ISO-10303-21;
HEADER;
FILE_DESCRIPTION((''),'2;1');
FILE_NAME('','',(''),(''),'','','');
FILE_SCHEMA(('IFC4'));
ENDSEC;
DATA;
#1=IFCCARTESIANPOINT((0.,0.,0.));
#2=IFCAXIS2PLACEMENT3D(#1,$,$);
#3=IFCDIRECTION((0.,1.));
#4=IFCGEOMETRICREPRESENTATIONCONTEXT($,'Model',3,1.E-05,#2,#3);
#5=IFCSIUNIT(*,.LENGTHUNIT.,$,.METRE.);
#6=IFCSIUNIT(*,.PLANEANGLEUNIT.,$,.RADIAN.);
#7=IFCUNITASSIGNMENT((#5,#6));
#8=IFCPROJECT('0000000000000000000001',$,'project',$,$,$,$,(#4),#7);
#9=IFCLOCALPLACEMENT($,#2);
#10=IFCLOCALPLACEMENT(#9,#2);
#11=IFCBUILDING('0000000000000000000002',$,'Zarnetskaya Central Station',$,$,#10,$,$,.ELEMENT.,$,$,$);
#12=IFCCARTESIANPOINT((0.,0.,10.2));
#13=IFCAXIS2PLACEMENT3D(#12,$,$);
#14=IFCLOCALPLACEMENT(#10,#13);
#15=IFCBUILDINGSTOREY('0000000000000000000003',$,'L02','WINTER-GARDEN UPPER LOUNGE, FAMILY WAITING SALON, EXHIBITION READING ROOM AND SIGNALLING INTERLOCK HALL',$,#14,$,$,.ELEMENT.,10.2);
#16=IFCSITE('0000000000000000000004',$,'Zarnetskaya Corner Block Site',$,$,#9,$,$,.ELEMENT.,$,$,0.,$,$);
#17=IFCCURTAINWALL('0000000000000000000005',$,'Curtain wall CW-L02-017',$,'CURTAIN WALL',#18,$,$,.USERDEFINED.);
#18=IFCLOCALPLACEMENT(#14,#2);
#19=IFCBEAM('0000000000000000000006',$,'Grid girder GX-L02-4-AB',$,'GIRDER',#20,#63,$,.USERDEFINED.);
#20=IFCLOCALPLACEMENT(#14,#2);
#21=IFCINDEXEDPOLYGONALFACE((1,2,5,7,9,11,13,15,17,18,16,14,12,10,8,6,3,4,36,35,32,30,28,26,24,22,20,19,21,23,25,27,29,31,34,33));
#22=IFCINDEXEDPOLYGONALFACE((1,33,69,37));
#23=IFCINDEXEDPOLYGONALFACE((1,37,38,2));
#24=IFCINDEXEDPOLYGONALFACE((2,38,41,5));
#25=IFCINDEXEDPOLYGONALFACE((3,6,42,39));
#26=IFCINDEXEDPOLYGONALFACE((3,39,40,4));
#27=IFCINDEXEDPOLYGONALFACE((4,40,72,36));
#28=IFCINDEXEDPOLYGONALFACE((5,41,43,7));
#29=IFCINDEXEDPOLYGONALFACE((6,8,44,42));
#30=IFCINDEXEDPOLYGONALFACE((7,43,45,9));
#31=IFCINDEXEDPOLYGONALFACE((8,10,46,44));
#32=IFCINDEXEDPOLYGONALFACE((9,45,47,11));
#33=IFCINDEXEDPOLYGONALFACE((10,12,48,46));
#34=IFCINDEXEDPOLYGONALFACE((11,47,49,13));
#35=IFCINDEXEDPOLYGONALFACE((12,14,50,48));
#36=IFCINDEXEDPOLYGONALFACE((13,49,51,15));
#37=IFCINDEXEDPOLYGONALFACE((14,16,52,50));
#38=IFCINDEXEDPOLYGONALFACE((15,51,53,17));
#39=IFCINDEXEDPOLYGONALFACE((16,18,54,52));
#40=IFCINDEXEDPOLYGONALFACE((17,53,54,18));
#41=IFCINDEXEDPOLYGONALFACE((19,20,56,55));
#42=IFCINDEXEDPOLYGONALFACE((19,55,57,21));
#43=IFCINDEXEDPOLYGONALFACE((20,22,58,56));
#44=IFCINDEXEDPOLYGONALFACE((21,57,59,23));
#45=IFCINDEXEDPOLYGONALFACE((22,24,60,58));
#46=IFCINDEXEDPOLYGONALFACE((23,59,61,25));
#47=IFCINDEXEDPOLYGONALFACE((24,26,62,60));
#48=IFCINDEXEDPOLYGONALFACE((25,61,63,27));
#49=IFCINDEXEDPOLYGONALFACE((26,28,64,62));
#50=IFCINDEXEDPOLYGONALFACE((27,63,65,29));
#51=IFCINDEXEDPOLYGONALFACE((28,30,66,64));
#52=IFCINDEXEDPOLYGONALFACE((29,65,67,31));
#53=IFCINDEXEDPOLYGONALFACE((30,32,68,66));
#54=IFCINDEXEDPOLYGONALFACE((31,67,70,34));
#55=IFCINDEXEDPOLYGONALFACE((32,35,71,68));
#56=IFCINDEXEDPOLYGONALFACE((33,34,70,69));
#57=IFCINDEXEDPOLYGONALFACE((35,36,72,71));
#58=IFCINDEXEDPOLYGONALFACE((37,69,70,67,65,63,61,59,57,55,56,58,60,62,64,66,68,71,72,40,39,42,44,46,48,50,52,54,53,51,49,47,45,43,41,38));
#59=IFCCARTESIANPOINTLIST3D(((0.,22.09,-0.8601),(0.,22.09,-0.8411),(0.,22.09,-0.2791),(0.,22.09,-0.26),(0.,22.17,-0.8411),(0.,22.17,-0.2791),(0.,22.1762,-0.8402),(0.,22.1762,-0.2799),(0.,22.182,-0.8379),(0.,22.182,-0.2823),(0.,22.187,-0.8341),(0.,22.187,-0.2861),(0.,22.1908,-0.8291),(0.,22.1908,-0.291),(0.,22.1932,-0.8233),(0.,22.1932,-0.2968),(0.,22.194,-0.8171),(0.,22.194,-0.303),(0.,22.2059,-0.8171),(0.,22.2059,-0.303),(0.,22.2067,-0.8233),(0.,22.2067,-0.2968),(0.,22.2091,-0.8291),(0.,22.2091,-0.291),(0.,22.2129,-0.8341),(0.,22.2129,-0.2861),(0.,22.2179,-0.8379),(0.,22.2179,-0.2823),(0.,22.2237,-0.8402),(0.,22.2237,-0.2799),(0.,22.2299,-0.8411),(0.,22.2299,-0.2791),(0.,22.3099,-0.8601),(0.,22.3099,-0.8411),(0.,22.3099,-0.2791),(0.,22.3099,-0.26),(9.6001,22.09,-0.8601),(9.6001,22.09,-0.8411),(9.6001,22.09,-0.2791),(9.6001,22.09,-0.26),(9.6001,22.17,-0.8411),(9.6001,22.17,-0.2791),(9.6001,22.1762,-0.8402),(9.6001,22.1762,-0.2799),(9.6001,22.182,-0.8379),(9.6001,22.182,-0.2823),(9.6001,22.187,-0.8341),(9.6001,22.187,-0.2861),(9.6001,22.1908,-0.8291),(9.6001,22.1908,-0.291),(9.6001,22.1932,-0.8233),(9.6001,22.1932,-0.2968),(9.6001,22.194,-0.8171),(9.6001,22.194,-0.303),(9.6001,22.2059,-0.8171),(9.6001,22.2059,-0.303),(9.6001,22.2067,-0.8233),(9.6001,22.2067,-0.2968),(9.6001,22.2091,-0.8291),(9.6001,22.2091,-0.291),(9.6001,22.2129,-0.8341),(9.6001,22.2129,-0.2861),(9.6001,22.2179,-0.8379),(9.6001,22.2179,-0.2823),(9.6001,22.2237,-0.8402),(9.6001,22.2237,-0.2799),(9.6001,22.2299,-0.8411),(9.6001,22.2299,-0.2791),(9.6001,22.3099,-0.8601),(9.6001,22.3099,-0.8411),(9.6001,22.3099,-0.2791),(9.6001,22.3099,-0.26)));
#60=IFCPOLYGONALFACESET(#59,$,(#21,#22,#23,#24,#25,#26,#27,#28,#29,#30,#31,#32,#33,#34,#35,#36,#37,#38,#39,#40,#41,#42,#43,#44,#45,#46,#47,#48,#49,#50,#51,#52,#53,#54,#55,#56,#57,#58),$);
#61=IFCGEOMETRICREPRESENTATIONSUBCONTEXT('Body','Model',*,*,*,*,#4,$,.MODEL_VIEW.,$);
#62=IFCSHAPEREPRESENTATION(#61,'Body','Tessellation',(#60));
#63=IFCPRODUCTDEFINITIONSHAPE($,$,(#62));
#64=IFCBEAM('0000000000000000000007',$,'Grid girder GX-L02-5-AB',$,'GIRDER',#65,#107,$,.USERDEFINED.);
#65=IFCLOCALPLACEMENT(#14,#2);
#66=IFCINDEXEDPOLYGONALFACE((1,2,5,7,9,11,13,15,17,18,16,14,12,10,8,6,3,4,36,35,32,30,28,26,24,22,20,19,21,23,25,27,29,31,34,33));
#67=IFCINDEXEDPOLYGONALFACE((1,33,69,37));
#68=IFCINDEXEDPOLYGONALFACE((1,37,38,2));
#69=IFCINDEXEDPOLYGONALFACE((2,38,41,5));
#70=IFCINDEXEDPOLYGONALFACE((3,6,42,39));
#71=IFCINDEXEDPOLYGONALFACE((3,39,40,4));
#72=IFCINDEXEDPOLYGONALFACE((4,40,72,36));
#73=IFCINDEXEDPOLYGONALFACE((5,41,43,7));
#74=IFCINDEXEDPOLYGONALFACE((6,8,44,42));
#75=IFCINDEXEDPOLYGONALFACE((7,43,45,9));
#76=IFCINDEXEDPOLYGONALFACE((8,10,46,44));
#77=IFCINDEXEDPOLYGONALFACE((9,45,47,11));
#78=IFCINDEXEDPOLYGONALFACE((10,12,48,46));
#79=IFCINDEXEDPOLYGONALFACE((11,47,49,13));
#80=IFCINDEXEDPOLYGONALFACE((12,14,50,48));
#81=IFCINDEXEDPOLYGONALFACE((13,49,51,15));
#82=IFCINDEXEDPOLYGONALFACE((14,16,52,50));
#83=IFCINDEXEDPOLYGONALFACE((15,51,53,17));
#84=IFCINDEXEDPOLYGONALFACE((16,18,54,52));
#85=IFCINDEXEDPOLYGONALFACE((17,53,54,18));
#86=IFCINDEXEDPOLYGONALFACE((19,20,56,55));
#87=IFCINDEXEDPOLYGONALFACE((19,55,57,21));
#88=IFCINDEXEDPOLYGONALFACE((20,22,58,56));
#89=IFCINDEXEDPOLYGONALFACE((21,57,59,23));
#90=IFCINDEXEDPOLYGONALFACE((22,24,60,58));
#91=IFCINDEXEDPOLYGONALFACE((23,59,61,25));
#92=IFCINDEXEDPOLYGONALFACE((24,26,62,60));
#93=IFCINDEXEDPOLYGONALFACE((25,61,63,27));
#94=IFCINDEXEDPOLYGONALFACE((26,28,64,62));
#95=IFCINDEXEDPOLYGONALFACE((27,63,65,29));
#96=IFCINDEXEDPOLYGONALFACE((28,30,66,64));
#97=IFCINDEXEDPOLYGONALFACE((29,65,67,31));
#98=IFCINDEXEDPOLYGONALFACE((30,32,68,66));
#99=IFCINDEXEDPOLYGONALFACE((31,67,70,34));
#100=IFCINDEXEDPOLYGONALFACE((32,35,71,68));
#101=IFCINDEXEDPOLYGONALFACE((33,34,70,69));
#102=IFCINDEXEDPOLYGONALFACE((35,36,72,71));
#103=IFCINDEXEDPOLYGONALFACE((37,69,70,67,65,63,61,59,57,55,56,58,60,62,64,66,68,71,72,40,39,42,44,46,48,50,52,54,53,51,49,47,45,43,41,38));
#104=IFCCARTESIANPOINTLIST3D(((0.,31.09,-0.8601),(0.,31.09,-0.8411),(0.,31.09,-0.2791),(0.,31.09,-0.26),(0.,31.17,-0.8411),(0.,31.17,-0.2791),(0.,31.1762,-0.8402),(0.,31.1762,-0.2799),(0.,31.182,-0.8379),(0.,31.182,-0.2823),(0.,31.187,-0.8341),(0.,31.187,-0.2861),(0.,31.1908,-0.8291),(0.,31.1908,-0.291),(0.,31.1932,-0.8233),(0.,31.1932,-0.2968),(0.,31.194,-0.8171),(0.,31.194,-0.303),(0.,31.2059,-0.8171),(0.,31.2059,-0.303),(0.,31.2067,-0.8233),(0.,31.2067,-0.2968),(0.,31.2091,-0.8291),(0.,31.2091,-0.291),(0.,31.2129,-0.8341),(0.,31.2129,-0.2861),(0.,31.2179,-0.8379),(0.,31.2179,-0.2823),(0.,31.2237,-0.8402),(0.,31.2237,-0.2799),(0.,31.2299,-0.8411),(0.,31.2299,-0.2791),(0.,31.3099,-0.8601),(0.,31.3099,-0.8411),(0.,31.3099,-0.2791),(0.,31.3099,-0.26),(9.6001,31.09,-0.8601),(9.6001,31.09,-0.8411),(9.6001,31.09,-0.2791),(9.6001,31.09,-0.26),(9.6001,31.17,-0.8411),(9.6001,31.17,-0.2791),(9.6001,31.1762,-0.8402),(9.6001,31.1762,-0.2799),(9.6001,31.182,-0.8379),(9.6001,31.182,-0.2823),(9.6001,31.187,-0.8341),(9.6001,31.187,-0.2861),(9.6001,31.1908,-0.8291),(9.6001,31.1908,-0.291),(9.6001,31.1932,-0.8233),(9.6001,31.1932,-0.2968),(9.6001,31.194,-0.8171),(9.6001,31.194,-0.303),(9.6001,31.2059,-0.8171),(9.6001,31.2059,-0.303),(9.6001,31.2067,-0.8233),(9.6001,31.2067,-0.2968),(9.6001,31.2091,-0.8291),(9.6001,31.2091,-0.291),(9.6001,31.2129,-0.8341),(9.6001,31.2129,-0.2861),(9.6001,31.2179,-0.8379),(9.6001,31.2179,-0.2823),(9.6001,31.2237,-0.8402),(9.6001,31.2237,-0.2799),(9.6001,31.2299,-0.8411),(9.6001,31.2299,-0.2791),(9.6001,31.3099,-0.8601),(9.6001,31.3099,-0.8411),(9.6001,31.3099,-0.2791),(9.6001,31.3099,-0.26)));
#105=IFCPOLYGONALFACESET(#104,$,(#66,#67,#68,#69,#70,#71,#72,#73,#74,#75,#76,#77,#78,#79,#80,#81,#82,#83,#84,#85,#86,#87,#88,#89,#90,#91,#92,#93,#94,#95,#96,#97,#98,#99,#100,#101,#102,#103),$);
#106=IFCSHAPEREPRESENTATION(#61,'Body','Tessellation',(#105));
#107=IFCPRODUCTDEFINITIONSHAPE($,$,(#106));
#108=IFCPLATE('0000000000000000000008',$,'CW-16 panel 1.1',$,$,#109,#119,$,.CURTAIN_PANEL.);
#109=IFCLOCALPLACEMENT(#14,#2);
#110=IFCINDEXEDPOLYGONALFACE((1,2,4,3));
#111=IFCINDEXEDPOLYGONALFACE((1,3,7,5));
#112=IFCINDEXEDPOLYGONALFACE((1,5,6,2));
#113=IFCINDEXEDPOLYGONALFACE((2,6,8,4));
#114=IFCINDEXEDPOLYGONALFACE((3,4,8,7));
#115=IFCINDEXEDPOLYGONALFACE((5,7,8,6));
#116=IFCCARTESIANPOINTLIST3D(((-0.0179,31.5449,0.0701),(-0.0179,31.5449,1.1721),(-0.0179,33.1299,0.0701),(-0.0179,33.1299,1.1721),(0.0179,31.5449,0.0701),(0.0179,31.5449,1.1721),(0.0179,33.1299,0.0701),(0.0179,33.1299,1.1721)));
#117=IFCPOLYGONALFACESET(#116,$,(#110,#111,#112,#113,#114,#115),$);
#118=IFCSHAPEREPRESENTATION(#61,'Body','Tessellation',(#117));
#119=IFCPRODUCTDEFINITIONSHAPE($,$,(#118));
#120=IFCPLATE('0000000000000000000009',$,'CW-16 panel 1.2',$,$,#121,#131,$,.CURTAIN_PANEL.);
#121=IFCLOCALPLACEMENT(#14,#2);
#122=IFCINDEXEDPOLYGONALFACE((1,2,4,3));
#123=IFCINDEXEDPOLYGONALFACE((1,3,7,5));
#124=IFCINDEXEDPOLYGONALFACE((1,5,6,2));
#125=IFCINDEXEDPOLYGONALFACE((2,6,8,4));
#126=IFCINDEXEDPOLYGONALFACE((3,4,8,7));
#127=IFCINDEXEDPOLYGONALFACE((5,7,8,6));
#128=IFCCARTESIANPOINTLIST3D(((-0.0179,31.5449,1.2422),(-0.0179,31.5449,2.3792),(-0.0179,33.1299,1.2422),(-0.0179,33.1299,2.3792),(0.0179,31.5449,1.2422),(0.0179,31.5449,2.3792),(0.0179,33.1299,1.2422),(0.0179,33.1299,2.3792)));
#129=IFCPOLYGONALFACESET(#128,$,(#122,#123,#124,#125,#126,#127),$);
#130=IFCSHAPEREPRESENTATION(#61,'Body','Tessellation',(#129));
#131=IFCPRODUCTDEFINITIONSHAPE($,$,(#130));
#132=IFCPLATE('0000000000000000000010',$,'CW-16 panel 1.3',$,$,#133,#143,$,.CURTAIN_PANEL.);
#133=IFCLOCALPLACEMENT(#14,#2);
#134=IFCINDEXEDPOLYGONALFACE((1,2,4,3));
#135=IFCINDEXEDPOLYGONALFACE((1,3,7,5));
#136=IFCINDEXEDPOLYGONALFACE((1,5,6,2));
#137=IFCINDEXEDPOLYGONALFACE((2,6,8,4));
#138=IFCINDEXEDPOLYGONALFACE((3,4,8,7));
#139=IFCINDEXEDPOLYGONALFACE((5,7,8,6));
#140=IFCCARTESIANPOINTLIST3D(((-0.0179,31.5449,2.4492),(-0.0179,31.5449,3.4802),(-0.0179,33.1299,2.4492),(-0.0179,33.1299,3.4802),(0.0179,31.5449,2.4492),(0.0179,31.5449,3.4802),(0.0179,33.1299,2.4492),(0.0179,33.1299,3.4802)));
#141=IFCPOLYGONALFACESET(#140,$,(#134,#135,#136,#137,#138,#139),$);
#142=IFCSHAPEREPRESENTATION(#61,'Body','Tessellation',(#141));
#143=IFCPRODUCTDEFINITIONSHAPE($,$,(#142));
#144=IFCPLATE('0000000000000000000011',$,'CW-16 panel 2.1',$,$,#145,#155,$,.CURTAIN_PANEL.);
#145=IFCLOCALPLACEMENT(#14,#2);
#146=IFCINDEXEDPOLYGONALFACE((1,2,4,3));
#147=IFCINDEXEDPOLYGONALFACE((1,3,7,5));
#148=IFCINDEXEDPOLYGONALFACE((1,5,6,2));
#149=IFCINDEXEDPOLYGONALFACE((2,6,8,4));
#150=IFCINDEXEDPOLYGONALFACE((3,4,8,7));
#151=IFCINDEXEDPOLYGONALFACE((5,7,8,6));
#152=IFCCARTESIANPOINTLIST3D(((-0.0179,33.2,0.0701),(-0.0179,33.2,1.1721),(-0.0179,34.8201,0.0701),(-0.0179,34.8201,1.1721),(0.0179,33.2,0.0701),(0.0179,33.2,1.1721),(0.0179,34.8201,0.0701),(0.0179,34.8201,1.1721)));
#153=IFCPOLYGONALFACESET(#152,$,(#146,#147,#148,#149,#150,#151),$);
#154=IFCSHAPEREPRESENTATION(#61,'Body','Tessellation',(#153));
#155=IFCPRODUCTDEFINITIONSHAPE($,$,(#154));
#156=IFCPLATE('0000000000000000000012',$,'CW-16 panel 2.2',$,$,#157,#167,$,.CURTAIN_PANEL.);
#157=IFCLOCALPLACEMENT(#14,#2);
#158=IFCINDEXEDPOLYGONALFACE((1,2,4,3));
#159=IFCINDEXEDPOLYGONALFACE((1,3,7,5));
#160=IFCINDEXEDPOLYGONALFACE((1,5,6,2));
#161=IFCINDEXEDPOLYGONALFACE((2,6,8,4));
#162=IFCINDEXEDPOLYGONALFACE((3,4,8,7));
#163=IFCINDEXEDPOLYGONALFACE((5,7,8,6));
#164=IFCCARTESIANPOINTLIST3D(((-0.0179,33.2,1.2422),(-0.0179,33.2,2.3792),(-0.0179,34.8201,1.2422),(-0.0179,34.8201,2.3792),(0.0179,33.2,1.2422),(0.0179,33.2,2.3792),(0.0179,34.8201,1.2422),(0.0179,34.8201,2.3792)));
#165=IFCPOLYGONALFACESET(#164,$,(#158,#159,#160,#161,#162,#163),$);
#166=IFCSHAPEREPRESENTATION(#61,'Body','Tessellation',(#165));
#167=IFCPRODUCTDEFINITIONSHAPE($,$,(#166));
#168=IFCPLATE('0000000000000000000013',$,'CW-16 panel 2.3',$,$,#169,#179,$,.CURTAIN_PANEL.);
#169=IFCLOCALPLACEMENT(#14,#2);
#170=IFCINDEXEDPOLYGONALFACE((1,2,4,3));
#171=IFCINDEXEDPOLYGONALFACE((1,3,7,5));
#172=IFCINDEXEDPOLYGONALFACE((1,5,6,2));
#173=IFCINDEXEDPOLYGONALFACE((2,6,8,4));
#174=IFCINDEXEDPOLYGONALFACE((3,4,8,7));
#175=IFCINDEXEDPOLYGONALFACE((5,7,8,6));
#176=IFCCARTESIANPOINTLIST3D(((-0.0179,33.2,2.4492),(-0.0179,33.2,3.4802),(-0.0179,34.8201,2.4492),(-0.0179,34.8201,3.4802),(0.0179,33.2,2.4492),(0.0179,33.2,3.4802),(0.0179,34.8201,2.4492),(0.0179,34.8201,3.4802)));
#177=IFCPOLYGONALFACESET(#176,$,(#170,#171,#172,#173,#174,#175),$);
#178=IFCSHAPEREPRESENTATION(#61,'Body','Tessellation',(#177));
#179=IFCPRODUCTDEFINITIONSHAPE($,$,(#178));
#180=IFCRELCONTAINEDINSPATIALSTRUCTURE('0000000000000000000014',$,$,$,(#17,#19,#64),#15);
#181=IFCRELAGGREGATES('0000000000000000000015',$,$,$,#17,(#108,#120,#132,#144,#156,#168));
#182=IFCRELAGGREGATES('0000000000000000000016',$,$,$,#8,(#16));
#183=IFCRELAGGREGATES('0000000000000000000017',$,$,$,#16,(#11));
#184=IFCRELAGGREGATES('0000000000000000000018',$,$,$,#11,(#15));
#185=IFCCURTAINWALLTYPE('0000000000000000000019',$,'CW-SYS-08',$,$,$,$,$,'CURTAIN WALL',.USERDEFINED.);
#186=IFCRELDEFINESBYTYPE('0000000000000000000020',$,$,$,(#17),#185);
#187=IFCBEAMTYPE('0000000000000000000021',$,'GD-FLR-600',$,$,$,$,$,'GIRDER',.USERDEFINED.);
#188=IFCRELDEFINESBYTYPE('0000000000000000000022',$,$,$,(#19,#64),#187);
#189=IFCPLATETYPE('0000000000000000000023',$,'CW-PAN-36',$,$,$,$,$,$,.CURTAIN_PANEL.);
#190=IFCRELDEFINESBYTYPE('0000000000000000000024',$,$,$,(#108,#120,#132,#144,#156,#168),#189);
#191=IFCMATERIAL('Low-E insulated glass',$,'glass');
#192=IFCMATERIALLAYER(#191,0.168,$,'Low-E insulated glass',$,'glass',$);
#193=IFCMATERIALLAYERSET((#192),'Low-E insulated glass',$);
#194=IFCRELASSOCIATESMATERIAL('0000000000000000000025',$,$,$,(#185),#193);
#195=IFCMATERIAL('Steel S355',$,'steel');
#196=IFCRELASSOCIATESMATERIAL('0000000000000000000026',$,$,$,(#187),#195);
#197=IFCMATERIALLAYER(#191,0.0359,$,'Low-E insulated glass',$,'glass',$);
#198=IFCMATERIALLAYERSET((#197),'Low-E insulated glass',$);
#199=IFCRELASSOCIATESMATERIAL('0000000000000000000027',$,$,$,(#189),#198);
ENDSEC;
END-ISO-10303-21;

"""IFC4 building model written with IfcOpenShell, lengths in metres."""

from ifc_helpers import new_model, si_unit, direction, frame, origin, origin_2d, place, context, subcontext, project, spatial, rectangle, i_section, extrude, material, layer, layer_set, material_profile, profile_set, type_object, element, aggregate, save


model = new_model("IFC4")

# Units and contexts
model_context = context("Model", 3, precision=1e-05, world=origin(), true_north=direction((0.0, 1.0)))
body_context = subcontext(model_context, "Body", "Model", "MODEL_VIEW")
ifc_project = project(units=[si_unit("LENGTHUNIT", "METRE"), si_unit("PLANEANGLEUNIT", "RADIAN")], contexts=[model_context])

# Site, building, storey
site_placement = place(None, origin())
site = spatial("IfcSite", under=ifc_project, at=site_placement, Name="Zarnetskaya Corner Block Site", CompositionType="ELEMENT", RefElevation=0.0)
building_placement = place(site_placement, origin())
building = spatial("IfcBuilding", under=site, at=building_placement, Name="Zarnetskaya Central Station", CompositionType="ELEMENT")
storey_placement = place(building_placement, frame((0.0, 0.0, 10.2)))
storey = spatial("IfcBuildingStorey", under=building, at=storey_placement, Name="L02", Description="WINTER-GARDEN UPPER LOUNGE, FAMILY WAITING SALON, EXHIBITION READING ROOM AND SIGNALLING INTERLOCK HALL", CompositionType="ELEMENT", Elevation=10.2)

# Shared definitions
ifc_material_1 = material(Name="Steel S355", Category="steel")

# Curtain wall
ifc_material_2 = material(Name="Low-E insulated glass", Category="glass")
ifc_layer_1 = layer(ifc_material_2, 0.168, Name="Low-E insulated glass", Category="glass")
ifc_layer_set_1 = layer_set([ifc_layer_1], Name="Low-E insulated glass")
curtain_wall_type = type_object("IfcCurtainWallType", Name="CW-SYS-08", ElementType="CURTAIN WALL", PredefinedType="USERDEFINED", material=ifc_layer_set_1)
curtain_wall_placement = place(storey_placement, origin())
curtain_wall = element("IfcCurtainWall", 1, at=curtain_wall_placement, inside=storey, type_object=curtain_wall_type, Name="Curtain wall CW-L02-017", ObjectType="CURTAIN WALL", PredefinedType="USERDEFINED")

# Beams
ifc_material_profile_1 = material_profile(ifc_material_1, i_section(OverallWidth=0.22, OverallDepth=0.6001, WebThickness=0.012, FlangeThickness=0.019, FilletRadius=0.0239, at=origin_2d()), Name="IPE 600")
ifc_profile_set_1 = profile_set([ifc_material_profile_1], Name="Steel S355")
beam_type_1 = type_object("IfcBeamType", Name="GD-FLR-600", ElementType="GIRDER", PredefinedType="USERDEFINED", material=ifc_profile_set_1)
for number, where, z_axis, x_axis, name in (
    (2, (0.0, 22.2, -0.5601), (1.0, 0.0, 0.0), (0.0, 1.0, 0.0), "Grid girder GX-L02-4-AB"),
    (3, (0.0, 31.2, -0.5601), (1.0, 0.0, 0.0), (0.0, 1.0, 0.0), "Grid girder GX-L02-5-AB"),
):
    element("IfcBeam", number, at=place(storey_placement, frame(where, z_axis=z_axis, x_axis=x_axis)), inside=storey, type_object=beam_type_1, Name=name, ObjectType="GIRDER", PredefinedType="USERDEFINED", context=body_context, shape_type="SweptSolid", body=[
        extrude(i_section(OverallWidth=0.22, OverallDepth=0.6001, WebThickness=0.012, FlangeThickness=0.019, FilletRadius=0.0239, at=origin_2d()), origin(), (0.0, 0.0, 1.0), 9.6001),
    ])

# Plates
ifc_layer_2 = layer(ifc_material_2, 0.0359, Name="Low-E insulated glass", Category="glass")
ifc_layer_set_2 = layer_set([ifc_layer_2], Name="Low-E insulated glass")
plate_type = type_object("IfcPlateType", Name="CW-PAN-36", PredefinedType="CURTAIN_PANEL", material=ifc_layer_set_2)
plate_1_placement = place(storey_placement, frame((0.0, 32.3374, 0.0701), z_axis=(0.0, 0.0, 1.0), x_axis=(0.0, 1.0, 0.0)))
plate_1 = element("IfcPlate", 4, at=plate_1_placement, type_object=plate_type, Name="CW-16 panel 1.1", PredefinedType="CURTAIN_PANEL", context=body_context, shape_type="SweptSolid", body=[
    extrude(rectangle(XDim=1.585, YDim=0.0359, at=origin_2d()), origin(), (0.0, 0.0, 1.0), 1.1021),
])
plate_2_placement = place(storey_placement, frame((0.0, 32.3374, 1.2422), z_axis=(0.0, 0.0, 1.0), x_axis=(0.0, 1.0, 0.0)))
plate_2 = element("IfcPlate", 5, at=plate_2_placement, type_object=plate_type, Name="CW-16 panel 1.2", PredefinedType="CURTAIN_PANEL", context=body_context, shape_type="SweptSolid", body=[
    extrude(rectangle(XDim=1.585, YDim=0.0359, at=origin_2d()), origin(), (0.0, 0.0, 1.0), 1.137),
])
plate_3_placement = place(storey_placement, frame((0.0, 32.3374, 2.4492), z_axis=(0.0, 0.0, 1.0), x_axis=(0.0, 1.0, 0.0)))
plate_3 = element("IfcPlate", 6, at=plate_3_placement, type_object=plate_type, Name="CW-16 panel 1.3", PredefinedType="CURTAIN_PANEL", context=body_context, shape_type="SweptSolid", body=[
    extrude(rectangle(XDim=1.585, YDim=0.0359, at=origin_2d()), origin(), (0.0, 0.0, 1.0), 1.031),
])
plate_4_placement = place(storey_placement, frame((0.0, 34.01, 0.0701), z_axis=(0.0, 0.0, 1.0), x_axis=(0.0, 1.0, 0.0)))
plate_4 = element("IfcPlate", 7, at=plate_4_placement, type_object=plate_type, Name="CW-16 panel 2.1", PredefinedType="CURTAIN_PANEL", context=body_context, shape_type="SweptSolid", body=[
    extrude(rectangle(XDim=1.6201, YDim=0.0359, at=origin_2d()), origin(), (0.0, 0.0, 1.0), 1.1021),
])
plate_5_placement = place(storey_placement, frame((0.0, 34.01, 1.2422), z_axis=(0.0, 0.0, 1.0), x_axis=(0.0, 1.0, 0.0)))
plate_5 = element("IfcPlate", 8, at=plate_5_placement, type_object=plate_type, Name="CW-16 panel 2.2", PredefinedType="CURTAIN_PANEL", context=body_context, shape_type="SweptSolid", body=[
    extrude(rectangle(XDim=1.6201, YDim=0.0359, at=origin_2d()), origin(), (0.0, 0.0, 1.0), 1.137),
])
plate_6_placement = place(storey_placement, frame((0.0, 34.01, 2.4492), z_axis=(0.0, 0.0, 1.0), x_axis=(0.0, 1.0, 0.0)))
plate_6 = element("IfcPlate", 9, at=plate_6_placement, type_object=plate_type, Name="CW-16 panel 2.3", PredefinedType="CURTAIN_PANEL", context=body_context, shape_type="SweptSolid", body=[
    extrude(rectangle(XDim=1.6201, YDim=0.0359, at=origin_2d()), origin(), (0.0, 0.0, 1.0), 1.031),
])
aggregate(curtain_wall, [plate_1, plate_2, plate_3, plate_4, plate_5, plate_6])

save(model, "model.ifc")
